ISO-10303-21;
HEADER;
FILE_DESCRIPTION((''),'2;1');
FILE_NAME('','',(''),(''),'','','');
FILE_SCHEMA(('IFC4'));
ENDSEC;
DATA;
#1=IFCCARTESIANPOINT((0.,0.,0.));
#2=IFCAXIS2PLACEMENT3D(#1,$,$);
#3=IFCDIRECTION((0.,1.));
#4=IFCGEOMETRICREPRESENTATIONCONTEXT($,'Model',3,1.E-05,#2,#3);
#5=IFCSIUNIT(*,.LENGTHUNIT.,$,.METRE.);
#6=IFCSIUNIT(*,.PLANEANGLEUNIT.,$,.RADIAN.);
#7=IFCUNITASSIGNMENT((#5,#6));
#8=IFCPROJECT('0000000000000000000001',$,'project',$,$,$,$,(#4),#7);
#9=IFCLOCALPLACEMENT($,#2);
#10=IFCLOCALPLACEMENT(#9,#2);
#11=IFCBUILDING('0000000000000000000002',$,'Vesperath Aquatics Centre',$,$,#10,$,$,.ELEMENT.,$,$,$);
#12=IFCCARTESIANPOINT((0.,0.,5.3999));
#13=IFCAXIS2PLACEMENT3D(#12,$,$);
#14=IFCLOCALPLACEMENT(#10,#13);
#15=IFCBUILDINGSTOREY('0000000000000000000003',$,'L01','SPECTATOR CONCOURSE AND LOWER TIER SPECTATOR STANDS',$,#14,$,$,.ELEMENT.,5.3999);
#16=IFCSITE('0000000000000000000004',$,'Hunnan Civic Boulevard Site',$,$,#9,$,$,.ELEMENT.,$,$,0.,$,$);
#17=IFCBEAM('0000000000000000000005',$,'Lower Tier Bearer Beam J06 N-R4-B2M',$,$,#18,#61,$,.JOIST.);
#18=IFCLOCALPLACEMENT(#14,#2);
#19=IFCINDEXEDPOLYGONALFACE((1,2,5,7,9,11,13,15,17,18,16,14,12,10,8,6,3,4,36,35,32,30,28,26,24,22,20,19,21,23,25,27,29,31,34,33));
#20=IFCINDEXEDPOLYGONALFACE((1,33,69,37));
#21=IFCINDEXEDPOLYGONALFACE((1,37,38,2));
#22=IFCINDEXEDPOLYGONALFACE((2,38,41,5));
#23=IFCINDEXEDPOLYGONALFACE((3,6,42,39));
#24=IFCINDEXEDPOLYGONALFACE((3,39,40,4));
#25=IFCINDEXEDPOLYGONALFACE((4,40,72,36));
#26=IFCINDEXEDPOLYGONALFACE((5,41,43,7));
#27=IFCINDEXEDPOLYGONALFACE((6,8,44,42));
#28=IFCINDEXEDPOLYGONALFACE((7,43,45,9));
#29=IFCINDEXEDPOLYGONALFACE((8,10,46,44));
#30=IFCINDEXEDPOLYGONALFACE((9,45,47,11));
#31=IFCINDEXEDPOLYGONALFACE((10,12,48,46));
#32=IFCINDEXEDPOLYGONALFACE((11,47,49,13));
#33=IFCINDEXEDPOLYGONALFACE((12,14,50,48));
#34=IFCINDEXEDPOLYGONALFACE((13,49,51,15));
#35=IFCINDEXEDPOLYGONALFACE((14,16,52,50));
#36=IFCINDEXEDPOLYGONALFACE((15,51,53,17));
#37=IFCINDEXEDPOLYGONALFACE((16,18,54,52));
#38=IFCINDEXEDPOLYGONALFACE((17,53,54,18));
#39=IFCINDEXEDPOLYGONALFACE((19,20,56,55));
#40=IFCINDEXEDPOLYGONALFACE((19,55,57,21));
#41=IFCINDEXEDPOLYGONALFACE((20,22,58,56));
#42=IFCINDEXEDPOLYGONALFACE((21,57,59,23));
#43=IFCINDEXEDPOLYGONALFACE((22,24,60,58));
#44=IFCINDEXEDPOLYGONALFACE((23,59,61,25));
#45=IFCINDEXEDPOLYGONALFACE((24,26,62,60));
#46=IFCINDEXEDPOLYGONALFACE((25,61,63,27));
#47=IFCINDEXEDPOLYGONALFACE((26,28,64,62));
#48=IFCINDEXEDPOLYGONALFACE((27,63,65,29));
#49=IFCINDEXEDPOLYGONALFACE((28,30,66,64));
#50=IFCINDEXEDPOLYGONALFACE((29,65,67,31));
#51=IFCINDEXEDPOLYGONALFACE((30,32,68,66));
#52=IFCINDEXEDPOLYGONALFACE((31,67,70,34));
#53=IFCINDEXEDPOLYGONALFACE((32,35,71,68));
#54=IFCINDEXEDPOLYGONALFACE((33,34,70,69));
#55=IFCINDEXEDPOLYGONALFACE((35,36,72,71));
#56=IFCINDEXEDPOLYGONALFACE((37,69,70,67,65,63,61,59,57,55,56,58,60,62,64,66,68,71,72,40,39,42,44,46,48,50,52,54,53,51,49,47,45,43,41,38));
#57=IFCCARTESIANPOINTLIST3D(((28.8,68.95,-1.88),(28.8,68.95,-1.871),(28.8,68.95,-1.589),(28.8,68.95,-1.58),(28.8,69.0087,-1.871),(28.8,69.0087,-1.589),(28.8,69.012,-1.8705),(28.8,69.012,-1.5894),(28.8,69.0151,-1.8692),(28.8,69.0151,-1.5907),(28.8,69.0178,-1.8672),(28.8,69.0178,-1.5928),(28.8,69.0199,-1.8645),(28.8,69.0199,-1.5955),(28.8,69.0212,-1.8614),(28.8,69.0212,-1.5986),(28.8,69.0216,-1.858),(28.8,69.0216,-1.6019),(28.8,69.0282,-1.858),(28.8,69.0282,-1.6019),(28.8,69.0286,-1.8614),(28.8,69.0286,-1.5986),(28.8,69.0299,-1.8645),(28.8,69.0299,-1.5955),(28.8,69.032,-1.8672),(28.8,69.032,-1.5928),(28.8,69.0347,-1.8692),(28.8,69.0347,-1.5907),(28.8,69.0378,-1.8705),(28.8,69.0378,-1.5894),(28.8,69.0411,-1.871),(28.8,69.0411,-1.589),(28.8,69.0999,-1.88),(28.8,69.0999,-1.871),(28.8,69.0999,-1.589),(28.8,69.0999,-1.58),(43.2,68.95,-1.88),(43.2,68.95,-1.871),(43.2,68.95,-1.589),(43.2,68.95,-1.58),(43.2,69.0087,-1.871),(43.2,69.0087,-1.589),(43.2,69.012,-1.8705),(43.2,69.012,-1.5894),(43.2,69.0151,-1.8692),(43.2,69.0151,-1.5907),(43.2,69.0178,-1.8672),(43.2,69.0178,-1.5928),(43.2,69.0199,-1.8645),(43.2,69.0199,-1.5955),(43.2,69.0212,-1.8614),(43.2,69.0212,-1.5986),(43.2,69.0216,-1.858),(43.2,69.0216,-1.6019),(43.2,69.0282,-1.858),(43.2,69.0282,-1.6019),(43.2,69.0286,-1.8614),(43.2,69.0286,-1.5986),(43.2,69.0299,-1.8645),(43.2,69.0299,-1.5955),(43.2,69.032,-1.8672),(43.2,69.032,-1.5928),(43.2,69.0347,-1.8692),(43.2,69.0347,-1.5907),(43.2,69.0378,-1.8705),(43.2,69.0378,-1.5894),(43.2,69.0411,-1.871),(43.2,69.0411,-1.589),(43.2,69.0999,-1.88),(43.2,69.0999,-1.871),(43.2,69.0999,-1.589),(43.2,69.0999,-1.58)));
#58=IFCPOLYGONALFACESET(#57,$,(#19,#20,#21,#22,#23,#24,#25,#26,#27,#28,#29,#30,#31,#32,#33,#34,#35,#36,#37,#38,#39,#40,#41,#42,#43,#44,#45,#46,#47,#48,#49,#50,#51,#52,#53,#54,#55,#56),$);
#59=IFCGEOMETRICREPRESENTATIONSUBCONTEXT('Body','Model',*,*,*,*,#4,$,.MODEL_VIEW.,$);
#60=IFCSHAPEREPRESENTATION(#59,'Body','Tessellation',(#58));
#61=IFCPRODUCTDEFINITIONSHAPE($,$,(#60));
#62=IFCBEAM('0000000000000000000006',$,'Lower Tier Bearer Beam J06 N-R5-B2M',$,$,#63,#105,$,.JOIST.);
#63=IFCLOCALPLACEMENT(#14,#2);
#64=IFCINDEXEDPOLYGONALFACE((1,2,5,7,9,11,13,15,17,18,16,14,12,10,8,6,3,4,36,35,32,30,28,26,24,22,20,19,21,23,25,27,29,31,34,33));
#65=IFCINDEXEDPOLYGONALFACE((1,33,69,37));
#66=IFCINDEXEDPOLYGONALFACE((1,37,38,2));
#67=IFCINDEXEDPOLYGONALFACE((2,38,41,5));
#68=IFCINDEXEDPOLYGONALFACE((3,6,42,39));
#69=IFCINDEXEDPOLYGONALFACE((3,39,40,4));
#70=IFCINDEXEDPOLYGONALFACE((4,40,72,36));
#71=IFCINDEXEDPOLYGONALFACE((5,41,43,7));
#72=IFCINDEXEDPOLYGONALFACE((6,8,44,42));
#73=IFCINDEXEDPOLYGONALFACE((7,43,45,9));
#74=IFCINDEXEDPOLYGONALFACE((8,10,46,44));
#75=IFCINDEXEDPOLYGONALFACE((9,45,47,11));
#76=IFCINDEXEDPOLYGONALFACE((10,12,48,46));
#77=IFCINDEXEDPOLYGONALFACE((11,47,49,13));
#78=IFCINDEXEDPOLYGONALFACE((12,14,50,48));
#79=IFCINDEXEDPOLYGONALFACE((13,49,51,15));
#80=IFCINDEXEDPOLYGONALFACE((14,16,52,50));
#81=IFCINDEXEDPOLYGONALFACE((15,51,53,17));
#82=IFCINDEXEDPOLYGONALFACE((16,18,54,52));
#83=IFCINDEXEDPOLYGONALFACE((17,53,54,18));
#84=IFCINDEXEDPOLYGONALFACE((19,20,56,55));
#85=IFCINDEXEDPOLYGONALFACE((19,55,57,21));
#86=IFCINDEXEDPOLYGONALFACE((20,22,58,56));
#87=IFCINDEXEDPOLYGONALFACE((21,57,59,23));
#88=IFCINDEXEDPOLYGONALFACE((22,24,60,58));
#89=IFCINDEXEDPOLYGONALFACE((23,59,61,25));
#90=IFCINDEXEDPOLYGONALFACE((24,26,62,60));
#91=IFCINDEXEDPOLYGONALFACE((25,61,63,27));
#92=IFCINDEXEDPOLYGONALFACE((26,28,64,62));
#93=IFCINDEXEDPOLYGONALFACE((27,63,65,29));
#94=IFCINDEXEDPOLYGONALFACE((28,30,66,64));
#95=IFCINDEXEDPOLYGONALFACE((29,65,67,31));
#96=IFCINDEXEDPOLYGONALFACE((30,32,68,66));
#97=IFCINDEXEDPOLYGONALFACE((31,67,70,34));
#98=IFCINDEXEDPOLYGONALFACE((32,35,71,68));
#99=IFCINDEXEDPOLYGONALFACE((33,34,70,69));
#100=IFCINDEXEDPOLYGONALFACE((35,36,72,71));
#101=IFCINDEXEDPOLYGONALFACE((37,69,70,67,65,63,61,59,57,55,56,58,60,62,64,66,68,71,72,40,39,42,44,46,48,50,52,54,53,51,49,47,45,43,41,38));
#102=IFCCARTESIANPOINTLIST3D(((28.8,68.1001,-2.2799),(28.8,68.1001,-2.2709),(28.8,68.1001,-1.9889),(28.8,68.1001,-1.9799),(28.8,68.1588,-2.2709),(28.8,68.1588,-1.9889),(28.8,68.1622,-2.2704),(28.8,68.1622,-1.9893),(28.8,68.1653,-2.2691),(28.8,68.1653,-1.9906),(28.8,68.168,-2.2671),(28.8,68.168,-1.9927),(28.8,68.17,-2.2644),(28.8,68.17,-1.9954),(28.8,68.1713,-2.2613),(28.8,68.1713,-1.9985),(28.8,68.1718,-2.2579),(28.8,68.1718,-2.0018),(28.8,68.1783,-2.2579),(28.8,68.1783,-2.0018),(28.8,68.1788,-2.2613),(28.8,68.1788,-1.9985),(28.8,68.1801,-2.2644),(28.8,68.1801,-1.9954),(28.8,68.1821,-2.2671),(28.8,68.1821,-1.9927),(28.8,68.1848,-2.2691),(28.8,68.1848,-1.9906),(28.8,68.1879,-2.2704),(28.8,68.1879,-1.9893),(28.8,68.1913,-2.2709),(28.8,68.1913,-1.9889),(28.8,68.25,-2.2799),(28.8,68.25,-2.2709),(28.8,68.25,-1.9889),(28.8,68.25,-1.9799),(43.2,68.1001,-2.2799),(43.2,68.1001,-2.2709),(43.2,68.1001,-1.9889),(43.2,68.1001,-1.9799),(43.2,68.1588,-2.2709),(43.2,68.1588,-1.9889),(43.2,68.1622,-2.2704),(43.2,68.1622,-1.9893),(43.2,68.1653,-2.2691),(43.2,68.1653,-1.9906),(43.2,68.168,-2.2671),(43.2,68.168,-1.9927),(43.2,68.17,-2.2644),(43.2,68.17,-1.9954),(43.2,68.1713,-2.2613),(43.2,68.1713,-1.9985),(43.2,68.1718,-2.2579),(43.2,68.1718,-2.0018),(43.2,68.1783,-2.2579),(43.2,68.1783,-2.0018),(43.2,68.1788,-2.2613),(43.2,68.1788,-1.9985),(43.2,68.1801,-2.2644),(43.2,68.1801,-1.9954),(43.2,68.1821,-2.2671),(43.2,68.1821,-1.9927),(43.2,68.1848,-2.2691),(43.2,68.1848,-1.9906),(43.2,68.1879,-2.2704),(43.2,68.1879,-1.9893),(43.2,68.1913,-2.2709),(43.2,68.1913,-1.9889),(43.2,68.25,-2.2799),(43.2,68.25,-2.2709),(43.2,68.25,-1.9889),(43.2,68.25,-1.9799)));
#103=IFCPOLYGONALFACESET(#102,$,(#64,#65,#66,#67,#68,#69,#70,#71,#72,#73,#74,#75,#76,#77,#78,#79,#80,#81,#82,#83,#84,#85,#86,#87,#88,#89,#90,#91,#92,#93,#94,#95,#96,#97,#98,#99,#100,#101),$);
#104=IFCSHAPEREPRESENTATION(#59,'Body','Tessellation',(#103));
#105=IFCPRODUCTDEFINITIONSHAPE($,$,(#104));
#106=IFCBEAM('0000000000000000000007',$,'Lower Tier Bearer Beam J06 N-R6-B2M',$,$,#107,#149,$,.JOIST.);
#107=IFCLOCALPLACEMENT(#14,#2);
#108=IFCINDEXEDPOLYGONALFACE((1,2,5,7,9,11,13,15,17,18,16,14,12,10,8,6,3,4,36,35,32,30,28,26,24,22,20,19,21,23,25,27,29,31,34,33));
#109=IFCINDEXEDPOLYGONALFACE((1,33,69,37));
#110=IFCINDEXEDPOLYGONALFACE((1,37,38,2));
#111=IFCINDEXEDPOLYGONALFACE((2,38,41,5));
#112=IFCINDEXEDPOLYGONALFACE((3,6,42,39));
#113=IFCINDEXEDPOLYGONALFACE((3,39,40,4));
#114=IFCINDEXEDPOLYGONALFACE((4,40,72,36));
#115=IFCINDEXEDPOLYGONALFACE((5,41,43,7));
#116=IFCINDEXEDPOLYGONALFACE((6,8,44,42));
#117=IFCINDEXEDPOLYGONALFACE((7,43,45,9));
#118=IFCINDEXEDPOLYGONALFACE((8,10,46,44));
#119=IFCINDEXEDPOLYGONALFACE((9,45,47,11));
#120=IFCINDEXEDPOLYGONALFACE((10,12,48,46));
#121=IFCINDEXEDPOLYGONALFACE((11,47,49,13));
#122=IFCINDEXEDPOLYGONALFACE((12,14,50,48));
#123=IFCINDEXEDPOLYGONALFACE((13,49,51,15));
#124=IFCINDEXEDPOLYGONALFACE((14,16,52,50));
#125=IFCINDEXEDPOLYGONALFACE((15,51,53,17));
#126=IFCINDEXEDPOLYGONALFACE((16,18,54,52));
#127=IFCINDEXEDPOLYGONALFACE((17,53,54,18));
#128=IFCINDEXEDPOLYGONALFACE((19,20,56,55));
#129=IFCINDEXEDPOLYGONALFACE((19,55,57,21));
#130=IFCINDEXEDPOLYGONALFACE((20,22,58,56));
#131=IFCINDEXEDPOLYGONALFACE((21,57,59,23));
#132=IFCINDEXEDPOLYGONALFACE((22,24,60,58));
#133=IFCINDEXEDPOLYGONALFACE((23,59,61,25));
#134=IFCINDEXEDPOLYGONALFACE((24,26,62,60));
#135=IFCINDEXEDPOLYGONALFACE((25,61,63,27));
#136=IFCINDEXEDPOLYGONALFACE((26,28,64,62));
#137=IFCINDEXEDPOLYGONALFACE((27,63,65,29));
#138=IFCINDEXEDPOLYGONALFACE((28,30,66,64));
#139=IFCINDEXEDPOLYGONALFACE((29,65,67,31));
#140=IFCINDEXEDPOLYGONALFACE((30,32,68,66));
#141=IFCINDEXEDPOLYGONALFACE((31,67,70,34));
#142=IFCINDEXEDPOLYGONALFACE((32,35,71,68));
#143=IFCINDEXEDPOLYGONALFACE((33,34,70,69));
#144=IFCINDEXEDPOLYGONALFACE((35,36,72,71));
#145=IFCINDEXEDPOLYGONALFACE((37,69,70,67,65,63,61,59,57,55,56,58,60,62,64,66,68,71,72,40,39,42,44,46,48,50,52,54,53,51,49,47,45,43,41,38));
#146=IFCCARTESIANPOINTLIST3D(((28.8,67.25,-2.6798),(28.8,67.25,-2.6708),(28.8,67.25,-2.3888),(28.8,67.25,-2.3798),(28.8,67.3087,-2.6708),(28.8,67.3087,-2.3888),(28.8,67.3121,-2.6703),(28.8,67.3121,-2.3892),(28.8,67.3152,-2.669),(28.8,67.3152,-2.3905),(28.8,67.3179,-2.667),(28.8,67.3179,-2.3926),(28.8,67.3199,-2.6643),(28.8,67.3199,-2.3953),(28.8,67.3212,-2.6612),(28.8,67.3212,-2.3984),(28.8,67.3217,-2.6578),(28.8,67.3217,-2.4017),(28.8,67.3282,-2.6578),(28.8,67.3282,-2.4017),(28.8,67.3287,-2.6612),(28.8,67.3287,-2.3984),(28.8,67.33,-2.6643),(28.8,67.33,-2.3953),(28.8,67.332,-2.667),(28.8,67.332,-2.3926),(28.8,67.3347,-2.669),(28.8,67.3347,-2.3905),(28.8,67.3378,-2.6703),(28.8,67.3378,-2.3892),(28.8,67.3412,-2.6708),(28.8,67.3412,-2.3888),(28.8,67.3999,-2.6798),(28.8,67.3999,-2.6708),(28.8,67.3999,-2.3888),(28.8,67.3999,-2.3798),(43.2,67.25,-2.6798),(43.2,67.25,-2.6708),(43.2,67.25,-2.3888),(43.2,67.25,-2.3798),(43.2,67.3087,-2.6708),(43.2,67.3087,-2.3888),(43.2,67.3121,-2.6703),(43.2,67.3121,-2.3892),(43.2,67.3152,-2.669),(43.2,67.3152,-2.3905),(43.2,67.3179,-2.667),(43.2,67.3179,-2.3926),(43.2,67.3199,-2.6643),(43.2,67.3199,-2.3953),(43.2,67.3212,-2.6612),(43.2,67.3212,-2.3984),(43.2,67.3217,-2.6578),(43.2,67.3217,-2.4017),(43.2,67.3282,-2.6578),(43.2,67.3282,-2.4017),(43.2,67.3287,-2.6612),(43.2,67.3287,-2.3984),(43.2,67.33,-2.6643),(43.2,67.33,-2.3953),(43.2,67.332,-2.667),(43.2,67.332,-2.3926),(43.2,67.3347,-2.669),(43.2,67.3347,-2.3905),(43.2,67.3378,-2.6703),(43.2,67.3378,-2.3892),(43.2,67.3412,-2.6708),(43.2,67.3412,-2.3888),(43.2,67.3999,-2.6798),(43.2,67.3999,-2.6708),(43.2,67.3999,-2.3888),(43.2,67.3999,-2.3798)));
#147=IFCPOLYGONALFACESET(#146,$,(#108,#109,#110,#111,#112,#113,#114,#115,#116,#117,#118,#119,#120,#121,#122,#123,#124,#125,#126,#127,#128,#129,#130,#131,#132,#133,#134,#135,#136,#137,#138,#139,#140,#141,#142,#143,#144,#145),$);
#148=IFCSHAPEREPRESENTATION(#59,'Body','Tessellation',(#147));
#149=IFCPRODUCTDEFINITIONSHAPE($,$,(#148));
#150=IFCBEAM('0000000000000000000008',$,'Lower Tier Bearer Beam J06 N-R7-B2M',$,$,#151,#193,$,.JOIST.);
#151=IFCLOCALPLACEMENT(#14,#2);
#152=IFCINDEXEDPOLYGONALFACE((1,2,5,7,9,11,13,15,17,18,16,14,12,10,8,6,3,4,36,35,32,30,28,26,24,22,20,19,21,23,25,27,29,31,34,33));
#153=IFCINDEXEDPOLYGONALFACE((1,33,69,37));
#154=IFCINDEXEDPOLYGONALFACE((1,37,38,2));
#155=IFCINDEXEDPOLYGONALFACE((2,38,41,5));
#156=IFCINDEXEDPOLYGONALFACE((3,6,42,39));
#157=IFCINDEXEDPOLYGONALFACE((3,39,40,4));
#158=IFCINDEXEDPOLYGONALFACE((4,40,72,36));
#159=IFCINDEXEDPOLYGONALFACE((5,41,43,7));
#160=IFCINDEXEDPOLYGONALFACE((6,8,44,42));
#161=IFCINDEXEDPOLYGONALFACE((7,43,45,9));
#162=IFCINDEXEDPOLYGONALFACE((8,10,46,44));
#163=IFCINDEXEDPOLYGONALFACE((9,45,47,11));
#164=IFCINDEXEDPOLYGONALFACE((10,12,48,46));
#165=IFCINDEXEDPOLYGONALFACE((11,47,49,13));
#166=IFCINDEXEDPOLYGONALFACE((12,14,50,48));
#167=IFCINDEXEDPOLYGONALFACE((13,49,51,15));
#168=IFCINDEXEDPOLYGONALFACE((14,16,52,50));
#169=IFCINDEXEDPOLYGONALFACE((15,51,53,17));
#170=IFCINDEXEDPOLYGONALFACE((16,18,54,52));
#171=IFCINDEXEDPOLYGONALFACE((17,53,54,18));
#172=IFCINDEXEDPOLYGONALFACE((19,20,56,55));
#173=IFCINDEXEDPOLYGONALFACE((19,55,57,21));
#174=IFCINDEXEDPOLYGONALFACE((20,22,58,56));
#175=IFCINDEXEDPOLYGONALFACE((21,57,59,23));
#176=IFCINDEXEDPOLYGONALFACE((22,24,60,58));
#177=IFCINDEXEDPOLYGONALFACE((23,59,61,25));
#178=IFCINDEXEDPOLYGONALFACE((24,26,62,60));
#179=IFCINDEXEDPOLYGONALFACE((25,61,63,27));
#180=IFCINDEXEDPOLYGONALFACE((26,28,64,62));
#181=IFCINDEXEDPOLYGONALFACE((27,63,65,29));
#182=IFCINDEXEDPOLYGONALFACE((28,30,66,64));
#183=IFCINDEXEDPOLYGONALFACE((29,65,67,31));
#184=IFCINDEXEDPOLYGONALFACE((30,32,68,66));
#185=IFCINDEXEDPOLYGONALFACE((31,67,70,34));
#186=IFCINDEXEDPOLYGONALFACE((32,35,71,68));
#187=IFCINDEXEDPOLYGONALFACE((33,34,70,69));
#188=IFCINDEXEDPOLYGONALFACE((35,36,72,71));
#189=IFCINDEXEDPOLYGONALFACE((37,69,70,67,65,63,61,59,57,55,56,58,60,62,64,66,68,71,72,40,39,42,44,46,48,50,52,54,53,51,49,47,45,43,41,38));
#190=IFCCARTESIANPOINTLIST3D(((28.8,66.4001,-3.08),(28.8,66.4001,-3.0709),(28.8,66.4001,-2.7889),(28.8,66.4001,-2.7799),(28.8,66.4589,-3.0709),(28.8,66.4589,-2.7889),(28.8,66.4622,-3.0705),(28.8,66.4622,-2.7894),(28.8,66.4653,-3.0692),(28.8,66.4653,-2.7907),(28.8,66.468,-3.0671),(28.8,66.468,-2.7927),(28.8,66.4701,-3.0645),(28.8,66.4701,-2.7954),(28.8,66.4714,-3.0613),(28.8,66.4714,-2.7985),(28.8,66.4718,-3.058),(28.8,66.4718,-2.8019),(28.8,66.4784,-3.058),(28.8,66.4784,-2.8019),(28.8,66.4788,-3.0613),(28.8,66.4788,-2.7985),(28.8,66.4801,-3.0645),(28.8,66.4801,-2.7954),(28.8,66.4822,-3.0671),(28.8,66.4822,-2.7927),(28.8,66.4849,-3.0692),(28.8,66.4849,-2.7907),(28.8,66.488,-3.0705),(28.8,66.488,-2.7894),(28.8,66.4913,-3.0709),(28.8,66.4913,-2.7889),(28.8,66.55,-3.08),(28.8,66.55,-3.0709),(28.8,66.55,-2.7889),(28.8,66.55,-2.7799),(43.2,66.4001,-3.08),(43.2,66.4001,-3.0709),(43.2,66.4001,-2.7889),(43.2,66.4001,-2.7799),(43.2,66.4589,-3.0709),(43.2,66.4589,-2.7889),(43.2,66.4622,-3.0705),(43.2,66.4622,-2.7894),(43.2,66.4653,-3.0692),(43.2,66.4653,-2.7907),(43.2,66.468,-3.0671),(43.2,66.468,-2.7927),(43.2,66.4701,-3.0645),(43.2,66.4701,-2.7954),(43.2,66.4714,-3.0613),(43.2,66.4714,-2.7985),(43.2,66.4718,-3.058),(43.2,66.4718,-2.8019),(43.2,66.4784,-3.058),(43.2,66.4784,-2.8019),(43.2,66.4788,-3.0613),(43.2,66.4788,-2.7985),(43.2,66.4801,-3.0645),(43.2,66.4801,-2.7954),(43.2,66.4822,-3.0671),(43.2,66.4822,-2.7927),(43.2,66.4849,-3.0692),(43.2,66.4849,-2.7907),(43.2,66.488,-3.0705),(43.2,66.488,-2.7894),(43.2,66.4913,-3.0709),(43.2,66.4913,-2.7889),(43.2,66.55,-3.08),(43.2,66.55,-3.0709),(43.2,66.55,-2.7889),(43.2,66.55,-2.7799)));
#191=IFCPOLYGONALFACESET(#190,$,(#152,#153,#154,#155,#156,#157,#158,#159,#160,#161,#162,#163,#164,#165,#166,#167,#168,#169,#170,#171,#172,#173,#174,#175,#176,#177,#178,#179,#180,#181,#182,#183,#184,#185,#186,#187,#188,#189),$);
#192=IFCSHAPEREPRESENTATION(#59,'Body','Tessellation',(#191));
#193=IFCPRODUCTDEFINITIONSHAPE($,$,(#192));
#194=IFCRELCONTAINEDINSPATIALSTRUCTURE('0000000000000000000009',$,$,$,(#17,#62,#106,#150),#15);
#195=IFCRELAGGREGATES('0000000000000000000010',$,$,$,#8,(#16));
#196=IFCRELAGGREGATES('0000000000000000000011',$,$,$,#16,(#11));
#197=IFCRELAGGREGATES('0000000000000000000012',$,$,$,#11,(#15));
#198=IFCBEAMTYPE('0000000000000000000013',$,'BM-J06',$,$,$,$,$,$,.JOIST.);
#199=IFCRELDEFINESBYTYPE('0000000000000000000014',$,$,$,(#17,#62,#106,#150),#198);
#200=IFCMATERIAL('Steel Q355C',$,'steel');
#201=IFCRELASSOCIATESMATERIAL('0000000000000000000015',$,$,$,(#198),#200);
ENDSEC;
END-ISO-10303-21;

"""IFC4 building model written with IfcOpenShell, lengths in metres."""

from ifc_helpers import new_model, si_unit, direction, frame, origin, origin_2d, place, context, subcontext, project, spatial, i_section, extrude, material, material_profile, profile_set, type_object, element, save


model = new_model("IFC4")

# Units and contexts
model_context = context("Model", 3, precision=1e-05, world=origin(), true_north=direction((0.0, 1.0)))
body_context = subcontext(model_context, "Body", "Model", "MODEL_VIEW")
ifc_project = project(units=[si_unit("LENGTHUNIT", "METRE"), si_unit("PLANEANGLEUNIT", "RADIAN")], contexts=[model_context])

# Site, building, storey
site_placement = place(None, origin())
site = spatial("IfcSite", under=ifc_project, at=site_placement, Name="Hunnan Civic Boulevard Site", CompositionType="ELEMENT", RefElevation=0.0)
building_placement = place(site_placement, origin())
building = spatial("IfcBuilding", under=site, at=building_placement, Name="Vesperath Aquatics Centre", CompositionType="ELEMENT")
storey_placement = place(building_placement, frame((0.0, 0.0, 5.3999)))
storey = spatial("IfcBuildingStorey", under=building, at=storey_placement, Name="L01", Description="SPECTATOR CONCOURSE AND LOWER TIER SPECTATOR STANDS", CompositionType="ELEMENT", Elevation=5.3999)

# Beams
ifc_material_1 = material(Name="Steel Q355C", Category="steel")
ifc_material_profile_1 = material_profile(ifc_material_1, i_section(OverallWidth=0.1499, OverallDepth=0.3, WebThickness=0.0066, FlangeThickness=0.009, FilletRadius=0.0129, at=origin_2d()), Name="HN 300x150x6.5x9")
ifc_profile_set_1 = profile_set([ifc_material_profile_1], Name="Steel Q355C")
beam_type_1 = type_object("IfcBeamType", Name="BM-J06", PredefinedType="JOIST", material=ifc_profile_set_1)
for number, where, z_axis, x_axis, name in (
    (1, (28.8, 69.0249, -1.73), (1.0, 0.0, 0.0), (0.0, 1.0, 0.0), "Lower Tier Bearer Beam J06 N-R4-B2M"),
    (2, (28.8, 68.175, -2.1299), (1.0, 0.0, 0.0), (0.0, 1.0, 0.0), "Lower Tier Bearer Beam J06 N-R5-B2M"),
    (3, (28.8, 67.325, -2.5298), (1.0, 0.0, 0.0), (0.0, 1.0, 0.0), "Lower Tier Bearer Beam J06 N-R6-B2M"),
    (4, (28.8, 66.4751, -2.9299), (1.0, 0.0, 0.0), (0.0, 1.0, 0.0), "Lower Tier Bearer Beam J06 N-R7-B2M"),
):
    element("IfcBeam", number, at=place(storey_placement, frame(where, z_axis=z_axis, x_axis=x_axis)), inside=storey, type_object=beam_type_1, Name=name, PredefinedType="JOIST", context=body_context, shape_type="SweptSolid", body=[
        extrude(i_section(OverallWidth=0.1499, OverallDepth=0.3, WebThickness=0.0066, FlangeThickness=0.009, FilletRadius=0.0129, at=origin_2d()), origin(), (0.0, 0.0, 1.0), 14.3999),
    ])

save(model, "model.ifc")
